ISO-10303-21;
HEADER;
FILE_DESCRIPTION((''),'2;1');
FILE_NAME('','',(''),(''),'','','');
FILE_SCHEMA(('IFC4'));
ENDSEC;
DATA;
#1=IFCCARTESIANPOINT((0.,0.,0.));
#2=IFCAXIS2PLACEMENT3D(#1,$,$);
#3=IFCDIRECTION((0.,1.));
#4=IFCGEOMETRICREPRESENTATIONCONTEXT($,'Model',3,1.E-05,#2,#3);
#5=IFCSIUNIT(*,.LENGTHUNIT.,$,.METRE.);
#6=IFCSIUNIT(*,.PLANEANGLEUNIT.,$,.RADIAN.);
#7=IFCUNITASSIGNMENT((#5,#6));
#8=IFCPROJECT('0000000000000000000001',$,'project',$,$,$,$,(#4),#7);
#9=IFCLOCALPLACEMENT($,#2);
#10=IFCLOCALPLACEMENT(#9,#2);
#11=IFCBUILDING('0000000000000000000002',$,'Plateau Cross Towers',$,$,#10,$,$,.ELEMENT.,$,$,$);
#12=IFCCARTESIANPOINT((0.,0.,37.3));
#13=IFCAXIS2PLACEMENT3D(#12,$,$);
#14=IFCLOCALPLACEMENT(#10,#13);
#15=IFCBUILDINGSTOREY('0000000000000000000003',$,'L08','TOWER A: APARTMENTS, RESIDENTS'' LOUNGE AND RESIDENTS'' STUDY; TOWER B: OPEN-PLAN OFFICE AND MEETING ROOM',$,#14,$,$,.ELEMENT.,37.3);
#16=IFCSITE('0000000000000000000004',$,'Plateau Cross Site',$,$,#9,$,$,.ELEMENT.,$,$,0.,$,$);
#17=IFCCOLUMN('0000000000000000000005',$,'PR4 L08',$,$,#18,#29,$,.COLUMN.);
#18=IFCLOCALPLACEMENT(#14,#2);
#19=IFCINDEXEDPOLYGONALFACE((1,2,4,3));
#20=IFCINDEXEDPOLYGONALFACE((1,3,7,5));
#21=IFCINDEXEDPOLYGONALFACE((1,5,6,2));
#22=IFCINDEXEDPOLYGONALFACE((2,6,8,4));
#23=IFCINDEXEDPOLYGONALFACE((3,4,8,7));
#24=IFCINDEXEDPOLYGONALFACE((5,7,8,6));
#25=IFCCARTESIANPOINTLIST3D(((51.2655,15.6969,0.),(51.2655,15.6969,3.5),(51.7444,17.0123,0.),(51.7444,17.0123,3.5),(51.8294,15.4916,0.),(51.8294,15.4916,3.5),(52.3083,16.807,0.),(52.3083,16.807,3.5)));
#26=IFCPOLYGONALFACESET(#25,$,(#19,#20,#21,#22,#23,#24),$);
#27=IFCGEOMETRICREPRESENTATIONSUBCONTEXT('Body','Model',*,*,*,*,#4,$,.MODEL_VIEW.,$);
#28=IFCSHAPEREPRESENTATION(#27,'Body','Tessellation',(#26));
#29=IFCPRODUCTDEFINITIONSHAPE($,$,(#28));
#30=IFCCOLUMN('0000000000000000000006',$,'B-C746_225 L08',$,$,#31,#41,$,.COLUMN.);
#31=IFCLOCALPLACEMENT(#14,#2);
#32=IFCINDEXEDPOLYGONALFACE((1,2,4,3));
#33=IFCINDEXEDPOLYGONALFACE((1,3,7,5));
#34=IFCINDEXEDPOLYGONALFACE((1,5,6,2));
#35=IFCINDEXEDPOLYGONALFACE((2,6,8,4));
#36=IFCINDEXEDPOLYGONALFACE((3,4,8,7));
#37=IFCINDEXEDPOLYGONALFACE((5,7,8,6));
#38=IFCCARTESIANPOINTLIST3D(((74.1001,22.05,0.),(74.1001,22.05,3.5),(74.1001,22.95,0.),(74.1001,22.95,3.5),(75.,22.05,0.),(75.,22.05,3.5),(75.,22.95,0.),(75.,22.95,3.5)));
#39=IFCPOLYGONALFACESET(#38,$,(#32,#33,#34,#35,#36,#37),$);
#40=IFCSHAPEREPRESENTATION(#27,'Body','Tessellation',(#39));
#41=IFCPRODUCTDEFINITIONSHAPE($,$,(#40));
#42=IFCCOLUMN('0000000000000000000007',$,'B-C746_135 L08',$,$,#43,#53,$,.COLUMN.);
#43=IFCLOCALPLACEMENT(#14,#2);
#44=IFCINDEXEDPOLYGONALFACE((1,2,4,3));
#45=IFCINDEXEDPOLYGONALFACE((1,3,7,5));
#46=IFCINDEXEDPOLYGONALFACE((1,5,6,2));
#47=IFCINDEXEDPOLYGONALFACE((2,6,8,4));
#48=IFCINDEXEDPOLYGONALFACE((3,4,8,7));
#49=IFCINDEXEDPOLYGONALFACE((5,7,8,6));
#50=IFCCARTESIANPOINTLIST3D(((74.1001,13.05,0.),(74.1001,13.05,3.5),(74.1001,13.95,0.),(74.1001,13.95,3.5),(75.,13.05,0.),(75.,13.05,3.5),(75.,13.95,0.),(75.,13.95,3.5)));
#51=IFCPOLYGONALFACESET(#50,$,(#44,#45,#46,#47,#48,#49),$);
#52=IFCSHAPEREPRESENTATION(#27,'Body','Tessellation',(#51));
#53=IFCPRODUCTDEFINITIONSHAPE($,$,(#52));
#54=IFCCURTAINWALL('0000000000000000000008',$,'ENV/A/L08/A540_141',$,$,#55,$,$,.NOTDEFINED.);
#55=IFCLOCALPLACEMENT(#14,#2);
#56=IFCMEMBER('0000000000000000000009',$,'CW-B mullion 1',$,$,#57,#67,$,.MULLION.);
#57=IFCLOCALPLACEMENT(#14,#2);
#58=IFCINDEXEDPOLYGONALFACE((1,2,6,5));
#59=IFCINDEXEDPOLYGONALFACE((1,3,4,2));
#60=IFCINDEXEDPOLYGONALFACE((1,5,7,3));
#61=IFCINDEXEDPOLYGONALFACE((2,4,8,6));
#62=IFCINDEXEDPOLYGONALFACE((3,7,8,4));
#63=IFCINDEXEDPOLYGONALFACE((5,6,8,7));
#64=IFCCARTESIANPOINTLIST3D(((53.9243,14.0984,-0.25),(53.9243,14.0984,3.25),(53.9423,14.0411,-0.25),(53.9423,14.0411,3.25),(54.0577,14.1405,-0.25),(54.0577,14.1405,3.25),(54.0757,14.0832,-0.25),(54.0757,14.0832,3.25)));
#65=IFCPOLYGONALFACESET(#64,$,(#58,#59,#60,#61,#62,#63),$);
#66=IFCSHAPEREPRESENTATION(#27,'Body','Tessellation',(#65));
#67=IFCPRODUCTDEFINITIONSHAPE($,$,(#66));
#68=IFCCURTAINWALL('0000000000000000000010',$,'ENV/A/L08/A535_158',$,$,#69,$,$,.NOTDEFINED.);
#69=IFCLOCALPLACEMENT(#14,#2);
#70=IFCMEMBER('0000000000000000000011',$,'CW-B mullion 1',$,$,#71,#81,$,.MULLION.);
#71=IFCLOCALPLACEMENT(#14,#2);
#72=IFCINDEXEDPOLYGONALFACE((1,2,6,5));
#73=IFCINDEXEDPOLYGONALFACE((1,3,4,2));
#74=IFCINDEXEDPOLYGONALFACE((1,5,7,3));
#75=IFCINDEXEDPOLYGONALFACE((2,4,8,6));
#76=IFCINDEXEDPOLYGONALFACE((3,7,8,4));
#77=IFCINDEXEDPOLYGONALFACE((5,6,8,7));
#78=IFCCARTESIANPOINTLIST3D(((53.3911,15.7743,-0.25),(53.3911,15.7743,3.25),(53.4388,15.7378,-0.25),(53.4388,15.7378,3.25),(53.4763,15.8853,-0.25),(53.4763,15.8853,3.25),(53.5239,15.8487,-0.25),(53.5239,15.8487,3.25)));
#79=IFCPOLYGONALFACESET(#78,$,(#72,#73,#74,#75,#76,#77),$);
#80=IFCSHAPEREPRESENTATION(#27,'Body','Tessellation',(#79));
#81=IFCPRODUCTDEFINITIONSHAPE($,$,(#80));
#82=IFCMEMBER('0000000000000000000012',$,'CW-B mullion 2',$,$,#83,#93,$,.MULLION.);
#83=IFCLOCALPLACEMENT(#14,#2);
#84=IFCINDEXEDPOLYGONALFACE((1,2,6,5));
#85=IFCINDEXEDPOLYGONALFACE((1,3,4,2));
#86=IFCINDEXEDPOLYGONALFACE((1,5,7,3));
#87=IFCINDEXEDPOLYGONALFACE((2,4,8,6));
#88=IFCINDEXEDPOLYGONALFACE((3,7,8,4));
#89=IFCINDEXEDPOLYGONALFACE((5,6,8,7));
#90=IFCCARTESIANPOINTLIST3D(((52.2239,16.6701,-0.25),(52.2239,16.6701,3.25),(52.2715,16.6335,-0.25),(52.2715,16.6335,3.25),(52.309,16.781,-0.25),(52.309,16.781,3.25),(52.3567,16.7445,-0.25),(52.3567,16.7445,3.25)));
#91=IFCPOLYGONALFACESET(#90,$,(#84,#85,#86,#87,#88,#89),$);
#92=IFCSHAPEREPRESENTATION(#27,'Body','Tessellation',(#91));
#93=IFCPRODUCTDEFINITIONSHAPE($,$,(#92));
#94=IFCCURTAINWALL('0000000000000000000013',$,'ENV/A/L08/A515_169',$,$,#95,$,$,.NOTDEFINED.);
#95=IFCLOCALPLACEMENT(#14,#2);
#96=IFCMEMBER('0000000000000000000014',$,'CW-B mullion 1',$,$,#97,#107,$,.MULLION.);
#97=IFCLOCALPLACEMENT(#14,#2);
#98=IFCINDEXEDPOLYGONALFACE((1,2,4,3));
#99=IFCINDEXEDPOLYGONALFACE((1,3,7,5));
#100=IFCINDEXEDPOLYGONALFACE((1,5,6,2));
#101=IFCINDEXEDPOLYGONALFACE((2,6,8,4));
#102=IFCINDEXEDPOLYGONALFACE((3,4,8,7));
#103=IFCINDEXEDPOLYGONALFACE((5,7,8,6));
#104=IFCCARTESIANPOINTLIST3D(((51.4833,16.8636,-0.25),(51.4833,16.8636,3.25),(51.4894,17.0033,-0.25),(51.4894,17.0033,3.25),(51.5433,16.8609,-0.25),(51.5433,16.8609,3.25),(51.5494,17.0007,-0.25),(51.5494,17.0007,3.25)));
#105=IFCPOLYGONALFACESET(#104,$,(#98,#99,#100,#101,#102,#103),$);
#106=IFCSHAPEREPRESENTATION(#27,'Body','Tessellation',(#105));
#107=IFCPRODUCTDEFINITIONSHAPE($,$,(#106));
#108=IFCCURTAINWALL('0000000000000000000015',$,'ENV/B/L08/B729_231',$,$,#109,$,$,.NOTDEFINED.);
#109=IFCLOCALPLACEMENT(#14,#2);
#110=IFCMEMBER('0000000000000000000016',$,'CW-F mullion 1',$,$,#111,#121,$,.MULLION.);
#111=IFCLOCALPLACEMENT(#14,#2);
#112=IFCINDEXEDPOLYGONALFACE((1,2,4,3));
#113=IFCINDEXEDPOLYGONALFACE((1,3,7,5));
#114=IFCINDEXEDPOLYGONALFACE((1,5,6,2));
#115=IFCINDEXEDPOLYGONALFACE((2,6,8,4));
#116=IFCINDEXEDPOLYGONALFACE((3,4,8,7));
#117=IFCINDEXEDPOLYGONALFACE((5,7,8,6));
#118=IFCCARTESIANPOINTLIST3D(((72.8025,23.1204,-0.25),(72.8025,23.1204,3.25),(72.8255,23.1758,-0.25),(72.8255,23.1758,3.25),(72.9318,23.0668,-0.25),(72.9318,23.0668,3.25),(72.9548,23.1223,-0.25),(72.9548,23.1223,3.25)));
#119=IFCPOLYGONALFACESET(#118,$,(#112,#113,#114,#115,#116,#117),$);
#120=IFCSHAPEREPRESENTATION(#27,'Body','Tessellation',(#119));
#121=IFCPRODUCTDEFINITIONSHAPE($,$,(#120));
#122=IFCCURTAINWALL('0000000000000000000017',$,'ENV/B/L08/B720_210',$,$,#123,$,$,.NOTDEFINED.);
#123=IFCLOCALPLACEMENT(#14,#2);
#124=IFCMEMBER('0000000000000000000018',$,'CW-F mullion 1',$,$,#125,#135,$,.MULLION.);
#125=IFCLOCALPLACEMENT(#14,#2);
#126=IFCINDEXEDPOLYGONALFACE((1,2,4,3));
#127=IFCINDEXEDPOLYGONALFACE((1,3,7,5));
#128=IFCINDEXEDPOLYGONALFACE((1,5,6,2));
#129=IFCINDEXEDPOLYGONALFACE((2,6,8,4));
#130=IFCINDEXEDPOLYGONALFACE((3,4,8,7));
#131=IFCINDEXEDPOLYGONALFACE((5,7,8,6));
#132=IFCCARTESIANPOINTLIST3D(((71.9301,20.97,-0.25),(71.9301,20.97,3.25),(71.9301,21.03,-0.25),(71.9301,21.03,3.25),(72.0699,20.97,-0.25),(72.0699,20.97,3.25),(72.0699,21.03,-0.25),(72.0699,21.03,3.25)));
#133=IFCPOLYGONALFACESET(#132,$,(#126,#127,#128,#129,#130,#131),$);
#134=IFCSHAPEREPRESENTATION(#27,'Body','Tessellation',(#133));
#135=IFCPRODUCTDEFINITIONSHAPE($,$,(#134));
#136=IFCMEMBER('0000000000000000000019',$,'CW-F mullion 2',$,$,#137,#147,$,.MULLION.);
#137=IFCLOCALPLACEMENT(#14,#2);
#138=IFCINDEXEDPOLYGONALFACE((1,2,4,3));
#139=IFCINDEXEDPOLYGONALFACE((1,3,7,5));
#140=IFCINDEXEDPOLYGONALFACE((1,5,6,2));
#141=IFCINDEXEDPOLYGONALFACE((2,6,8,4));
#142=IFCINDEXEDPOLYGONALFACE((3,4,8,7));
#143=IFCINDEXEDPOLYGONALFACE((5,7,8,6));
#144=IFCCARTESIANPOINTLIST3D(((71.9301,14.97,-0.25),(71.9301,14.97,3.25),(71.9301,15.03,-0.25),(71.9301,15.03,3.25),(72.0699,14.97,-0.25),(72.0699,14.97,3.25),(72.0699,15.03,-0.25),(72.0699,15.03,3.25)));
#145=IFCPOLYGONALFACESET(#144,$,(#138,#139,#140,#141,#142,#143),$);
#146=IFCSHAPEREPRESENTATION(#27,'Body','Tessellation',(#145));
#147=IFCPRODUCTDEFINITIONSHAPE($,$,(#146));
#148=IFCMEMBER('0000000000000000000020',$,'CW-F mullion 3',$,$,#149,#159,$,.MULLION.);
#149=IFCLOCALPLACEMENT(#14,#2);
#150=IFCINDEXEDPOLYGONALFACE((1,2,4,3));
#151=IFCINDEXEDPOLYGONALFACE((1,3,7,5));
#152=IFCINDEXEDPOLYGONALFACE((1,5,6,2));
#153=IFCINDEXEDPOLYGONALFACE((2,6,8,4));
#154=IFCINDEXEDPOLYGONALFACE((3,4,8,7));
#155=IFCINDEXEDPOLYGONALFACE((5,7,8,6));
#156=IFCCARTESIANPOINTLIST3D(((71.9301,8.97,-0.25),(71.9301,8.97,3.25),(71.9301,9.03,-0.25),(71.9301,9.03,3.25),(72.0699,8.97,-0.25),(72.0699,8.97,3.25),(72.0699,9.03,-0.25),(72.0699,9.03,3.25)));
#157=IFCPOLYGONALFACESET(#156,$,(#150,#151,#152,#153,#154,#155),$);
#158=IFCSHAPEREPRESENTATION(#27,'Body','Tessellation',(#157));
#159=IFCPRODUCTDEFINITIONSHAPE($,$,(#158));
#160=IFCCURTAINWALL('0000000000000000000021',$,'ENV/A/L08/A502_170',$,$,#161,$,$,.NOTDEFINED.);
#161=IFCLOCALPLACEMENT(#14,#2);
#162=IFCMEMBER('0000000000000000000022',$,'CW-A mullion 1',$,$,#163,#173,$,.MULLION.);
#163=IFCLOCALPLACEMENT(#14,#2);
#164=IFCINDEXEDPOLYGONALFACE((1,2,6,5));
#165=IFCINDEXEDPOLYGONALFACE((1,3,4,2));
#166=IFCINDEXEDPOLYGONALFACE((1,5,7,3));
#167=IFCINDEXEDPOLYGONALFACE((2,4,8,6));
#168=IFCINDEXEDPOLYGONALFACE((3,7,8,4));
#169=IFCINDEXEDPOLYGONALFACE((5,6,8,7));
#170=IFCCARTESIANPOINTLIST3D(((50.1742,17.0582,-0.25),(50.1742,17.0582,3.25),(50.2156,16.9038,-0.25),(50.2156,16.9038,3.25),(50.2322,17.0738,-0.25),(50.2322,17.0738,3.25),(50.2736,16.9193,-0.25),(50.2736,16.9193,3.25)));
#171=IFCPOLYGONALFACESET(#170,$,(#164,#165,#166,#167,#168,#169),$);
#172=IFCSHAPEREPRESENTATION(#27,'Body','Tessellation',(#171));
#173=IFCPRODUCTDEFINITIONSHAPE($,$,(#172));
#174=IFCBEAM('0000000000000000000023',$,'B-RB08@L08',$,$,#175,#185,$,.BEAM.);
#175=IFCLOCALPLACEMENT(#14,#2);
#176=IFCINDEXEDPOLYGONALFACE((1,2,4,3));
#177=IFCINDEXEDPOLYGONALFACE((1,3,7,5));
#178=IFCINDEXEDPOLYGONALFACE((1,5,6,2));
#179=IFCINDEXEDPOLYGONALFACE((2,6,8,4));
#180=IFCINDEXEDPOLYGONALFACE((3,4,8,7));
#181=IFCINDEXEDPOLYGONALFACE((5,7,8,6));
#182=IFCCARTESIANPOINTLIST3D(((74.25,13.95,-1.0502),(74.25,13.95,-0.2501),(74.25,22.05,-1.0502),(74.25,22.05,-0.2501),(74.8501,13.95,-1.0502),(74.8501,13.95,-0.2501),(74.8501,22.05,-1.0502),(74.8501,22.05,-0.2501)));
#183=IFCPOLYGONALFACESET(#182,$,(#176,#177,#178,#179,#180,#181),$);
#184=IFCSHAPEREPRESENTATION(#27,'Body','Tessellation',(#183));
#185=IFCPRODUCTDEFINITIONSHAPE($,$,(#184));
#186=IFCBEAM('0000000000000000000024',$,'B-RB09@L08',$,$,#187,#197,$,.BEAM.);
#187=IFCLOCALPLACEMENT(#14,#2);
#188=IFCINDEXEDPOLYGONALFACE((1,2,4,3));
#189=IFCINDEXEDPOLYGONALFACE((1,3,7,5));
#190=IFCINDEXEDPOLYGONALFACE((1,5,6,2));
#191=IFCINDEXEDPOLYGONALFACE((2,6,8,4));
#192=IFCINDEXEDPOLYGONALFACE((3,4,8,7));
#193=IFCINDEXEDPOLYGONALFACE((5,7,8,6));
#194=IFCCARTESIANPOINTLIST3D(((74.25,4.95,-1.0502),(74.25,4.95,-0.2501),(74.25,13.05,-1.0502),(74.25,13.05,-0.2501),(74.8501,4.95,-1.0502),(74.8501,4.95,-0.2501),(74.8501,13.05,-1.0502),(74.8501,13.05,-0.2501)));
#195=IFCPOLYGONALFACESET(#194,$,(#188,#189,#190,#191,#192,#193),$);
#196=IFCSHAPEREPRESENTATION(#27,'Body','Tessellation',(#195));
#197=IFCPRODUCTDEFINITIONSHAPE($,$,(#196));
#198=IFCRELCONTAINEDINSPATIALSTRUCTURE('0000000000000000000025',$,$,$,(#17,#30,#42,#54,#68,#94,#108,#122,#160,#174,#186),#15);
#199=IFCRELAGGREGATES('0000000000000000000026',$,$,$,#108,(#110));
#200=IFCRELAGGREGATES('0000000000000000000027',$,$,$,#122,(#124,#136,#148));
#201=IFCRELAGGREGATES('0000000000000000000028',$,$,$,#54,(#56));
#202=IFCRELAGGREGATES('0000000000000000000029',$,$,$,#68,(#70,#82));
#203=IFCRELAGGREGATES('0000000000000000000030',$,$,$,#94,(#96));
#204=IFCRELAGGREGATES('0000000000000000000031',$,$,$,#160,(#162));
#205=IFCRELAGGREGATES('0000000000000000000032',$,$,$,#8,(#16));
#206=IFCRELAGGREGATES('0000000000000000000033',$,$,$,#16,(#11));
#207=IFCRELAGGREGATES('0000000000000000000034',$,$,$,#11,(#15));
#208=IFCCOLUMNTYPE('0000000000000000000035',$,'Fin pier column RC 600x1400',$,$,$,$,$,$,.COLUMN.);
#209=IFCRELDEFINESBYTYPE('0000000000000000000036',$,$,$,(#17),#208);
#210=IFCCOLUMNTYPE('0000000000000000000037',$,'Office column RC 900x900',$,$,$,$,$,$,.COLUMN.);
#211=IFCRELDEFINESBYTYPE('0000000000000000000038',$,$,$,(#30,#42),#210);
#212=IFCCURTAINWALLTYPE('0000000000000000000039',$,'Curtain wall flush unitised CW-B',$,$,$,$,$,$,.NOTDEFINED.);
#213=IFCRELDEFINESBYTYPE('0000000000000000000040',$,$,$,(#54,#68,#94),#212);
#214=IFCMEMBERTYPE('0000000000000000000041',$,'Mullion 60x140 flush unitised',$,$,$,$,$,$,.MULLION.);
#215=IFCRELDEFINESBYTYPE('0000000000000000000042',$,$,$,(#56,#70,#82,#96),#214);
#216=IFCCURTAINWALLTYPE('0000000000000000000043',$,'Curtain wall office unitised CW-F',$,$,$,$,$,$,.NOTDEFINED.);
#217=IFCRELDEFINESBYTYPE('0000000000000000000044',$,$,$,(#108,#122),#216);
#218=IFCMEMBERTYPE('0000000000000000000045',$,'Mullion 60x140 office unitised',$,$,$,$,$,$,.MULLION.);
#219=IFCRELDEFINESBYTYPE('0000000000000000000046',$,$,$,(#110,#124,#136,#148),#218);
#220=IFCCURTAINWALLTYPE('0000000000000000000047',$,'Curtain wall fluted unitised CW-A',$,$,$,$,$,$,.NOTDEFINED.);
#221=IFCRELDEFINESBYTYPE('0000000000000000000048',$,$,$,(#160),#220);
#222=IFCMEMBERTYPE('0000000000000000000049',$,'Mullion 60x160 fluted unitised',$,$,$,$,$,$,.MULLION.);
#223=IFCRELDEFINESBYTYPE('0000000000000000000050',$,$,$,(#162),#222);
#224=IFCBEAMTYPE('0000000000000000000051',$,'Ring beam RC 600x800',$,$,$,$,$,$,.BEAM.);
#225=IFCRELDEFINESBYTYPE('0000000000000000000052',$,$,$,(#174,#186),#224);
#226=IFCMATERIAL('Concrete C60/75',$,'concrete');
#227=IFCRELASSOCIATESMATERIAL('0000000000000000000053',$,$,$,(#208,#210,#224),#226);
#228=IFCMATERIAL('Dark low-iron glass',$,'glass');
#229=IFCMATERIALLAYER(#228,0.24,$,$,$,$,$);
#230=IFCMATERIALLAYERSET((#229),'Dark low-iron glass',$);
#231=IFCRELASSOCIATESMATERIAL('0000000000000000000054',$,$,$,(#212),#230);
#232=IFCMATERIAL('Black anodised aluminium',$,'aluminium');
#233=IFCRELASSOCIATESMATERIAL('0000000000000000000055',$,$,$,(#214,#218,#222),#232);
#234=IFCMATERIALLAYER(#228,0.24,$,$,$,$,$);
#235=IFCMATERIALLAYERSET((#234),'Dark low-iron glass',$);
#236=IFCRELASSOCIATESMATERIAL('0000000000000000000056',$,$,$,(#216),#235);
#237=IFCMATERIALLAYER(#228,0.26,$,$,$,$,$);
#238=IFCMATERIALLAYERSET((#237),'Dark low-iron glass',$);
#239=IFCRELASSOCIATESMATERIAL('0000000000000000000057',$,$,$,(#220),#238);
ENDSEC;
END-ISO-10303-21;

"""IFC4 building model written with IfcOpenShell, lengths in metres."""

from ifc_helpers import new_model, si_unit, direction, frame, origin, origin_2d, place, context, subcontext, project, spatial, rectangle, extrude, material, layer, layer_set, material_profile, profile_set, type_object, element, aggregate, save


model = new_model("IFC4")

# Units and contexts
model_context = context("Model", 3, precision=1e-05, world=origin(), true_north=direction((0.0, 1.0)))
body_context = subcontext(model_context, "Body", "Model", "MODEL_VIEW")
ifc_project = project(units=[si_unit("LENGTHUNIT", "METRE"), si_unit("PLANEANGLEUNIT", "RADIAN")], contexts=[model_context])

# Site, building, storey
site_placement = place(None, origin())
site = spatial("IfcSite", under=ifc_project, at=site_placement, Name="Plateau Cross Site", CompositionType="ELEMENT", RefElevation=0.0)
building_placement = place(site_placement, origin())
building = spatial("IfcBuilding", under=site, at=building_placement, Name="Plateau Cross Towers", CompositionType="ELEMENT")
storey_placement = place(building_placement, frame((0.0, 0.0, 37.3)))
storey = spatial("IfcBuildingStorey", under=building, at=storey_placement, Name="L08", Description="TOWER A: APARTMENTS, RESIDENTS' LOUNGE AND RESIDENTS' STUDY; TOWER B: OPEN-PLAN OFFICE AND MEETING ROOM", CompositionType="ELEMENT", Elevation=37.3)

# Columns
ifc_material_1 = material(Name="Concrete C60/75", Category="concrete")
ifc_material_profile_1 = material_profile(ifc_material_1, rectangle(XDim=0.6001, YDim=1.3999, at=origin_2d()), Name="RC 600x1400")
ifc_profile_set_1 = profile_set([ifc_material_profile_1], Name="Concrete C60/75")
column_type_1 = type_object("IfcColumnType", Name="Fin pier column RC 600x1400", PredefinedType="COLUMN", material=ifc_profile_set_1)
column_placement = place(storey_placement, frame((51.7869, 16.252, 0.0), z_axis=(0.0, 0.0, 1.0), x_axis=(-0.939664, 0.342098, 0.0)))
element("IfcColumn", 1, at=column_placement, inside=storey, type_object=column_type_1, Name="PR4 L08", PredefinedType="COLUMN", context=body_context, shape_type="SweptSolid", body=[
    extrude(rectangle(XDim=0.6001, YDim=1.3999, at=origin_2d()), origin(), (0.0, 0.0, 1.0), 3.5),
])
ifc_material_profile_2 = material_profile(ifc_material_1, rectangle(XDim=0.8999, YDim=0.8999, at=origin_2d()), Name="RC 900x900")
ifc_profile_set_2 = profile_set([ifc_material_profile_2], Name="Concrete C60/75")
column_type_2 = type_object("IfcColumnType", Name="Office column RC 900x900", PredefinedType="COLUMN", material=ifc_profile_set_2)
for number, where, z_axis, x_axis, name in (
    (2, (74.55, 22.5, 0.0), (0.0, 0.0, 1.0), (1.0, 0.0, 0.0), "B-C746_225 L08"),
    (3, (74.55, 13.5, 0.0), (0.0, 0.0, 1.0), (1.0, 0.0, 0.0), "B-C746_135 L08"),
):
    element("IfcColumn", number, at=place(storey_placement, frame(where, z_axis=z_axis, x_axis=x_axis)), inside=storey, type_object=column_type_2, Name=name, PredefinedType="COLUMN", context=body_context, shape_type="SweptSolid", body=[
        extrude(rectangle(XDim=0.8999, YDim=0.8999, at=origin_2d()), origin(), (0.0, 0.0, 1.0), 3.5),
    ])

# Curtain wall, member
ifc_material_2 = material(Name="Dark low-iron glass", Category="glass")
ifc_layer_1 = layer(ifc_material_2, 0.24)
ifc_layer_set_1 = layer_set([ifc_layer_1], Name="Dark low-iron glass")
curtain_wall_type_1 = type_object("IfcCurtainWallType", Name="Curtain wall flush unitised CW-B", PredefinedType="NOTDEFINED", material=ifc_layer_set_1)
curtain_wall_1_placement = place(storey_placement, origin())
curtain_wall_1 = element("IfcCurtainWall", 4, at=curtain_wall_1_placement, inside=storey, type_object=curtain_wall_type_1, Name="ENV/A/L08/A540_141", PredefinedType="NOTDEFINED")
ifc_material_3 = material(Name="Black anodised aluminium", Category="aluminium")
ifc_material_profile_3 = material_profile(ifc_material_3, rectangle(XDim=0.0601, YDim=0.1399, at=origin_2d()), Name="MULLION 60x140")
ifc_profile_set_3 = profile_set([ifc_material_profile_3], Name="Black anodised aluminium")
member_type_1 = type_object("IfcMemberType", Name="Mullion 60x140 flush unitised", PredefinedType="MULLION", material=ifc_profile_set_3)
member_1_placement = place(storey_placement, frame((54.0, 14.0908, -0.25), z_axis=(0.0, 0.0, 1.0), x_axis=(-0.300686, 0.953723, 0.0)))
member_1 = element("IfcMember", 5, at=member_1_placement, type_object=member_type_1, Name="CW-B mullion 1", PredefinedType="MULLION", context=body_context, shape_type="SweptSolid", body=[
    extrude(rectangle(XDim=0.0601, YDim=0.1399, at=origin_2d()), origin(), (0.0, 0.0, 1.0), 3.5),
])

# Curtain wall, members
curtain_wall_2_placement = place(storey_placement, origin())
curtain_wall_2 = element("IfcCurtainWall", 6, at=curtain_wall_2_placement, inside=storey, type_object=curtain_wall_type_1, Name="ENV/A/L08/A535_158", PredefinedType="NOTDEFINED")
member_2_placement = place(storey_placement, frame((53.4575, 15.8115, -0.25), z_axis=(0.0, 0.0, 1.0), x_axis=(-0.793316, 0.608811, 0.0)))
member_2 = element("IfcMember", 7, at=member_2_placement, type_object=member_type_1, Name="CW-B mullion 1", PredefinedType="MULLION", context=body_context, shape_type="SweptSolid", body=[
    extrude(rectangle(XDim=0.0601, YDim=0.1399, at=origin_2d()), origin(), (0.0, 0.0, 1.0), 3.5),
])
member_3_placement = place(storey_placement, frame((52.2903, 16.7073, -0.25), z_axis=(0.0, 0.0, 1.0), x_axis=(-0.793316, 0.608811, 0.0)))
member_3 = element("IfcMember", 8, at=member_3_placement, type_object=member_type_1, Name="CW-B mullion 2", PredefinedType="MULLION", context=body_context, shape_type="SweptSolid", body=[
    extrude(rectangle(XDim=0.0601, YDim=0.1399, at=origin_2d()), origin(), (0.0, 0.0, 1.0), 3.5),
])

# Curtain walls, members
curtain_wall_3_placement = place(storey_placement, origin())
curtain_wall_3 = element("IfcCurtainWall", 9, at=curtain_wall_3_placement, inside=storey, type_object=curtain_wall_type_1, Name="ENV/A/L08/A515_169", PredefinedType="NOTDEFINED")
member_4_placement = place(storey_placement, frame((51.5164, 16.9321, -0.25), z_axis=(0.0, 0.0, 1.0), x_axis=(-0.999044, 0.043723, 0.0)))
member_4 = element("IfcMember", 10, at=member_4_placement, type_object=member_type_1, Name="CW-B mullion 1", PredefinedType="MULLION", context=body_context, shape_type="SweptSolid", body=[
    extrude(rectangle(XDim=0.0601, YDim=0.1399, at=origin_2d()), origin(), (0.0, 0.0, 1.0), 3.5),
])
ifc_layer_2 = layer(ifc_material_2, 0.24)
ifc_layer_set_2 = layer_set([ifc_layer_2], Name="Dark low-iron glass")
curtain_wall_type_2 = type_object("IfcCurtainWallType", Name="Curtain wall office unitised CW-F", PredefinedType="NOTDEFINED", material=ifc_layer_set_2)
curtain_wall_4_placement = place(storey_placement, origin())
curtain_wall_4 = element("IfcCurtainWall", 11, at=curtain_wall_4_placement, inside=storey, type_object=curtain_wall_type_2, Name="ENV/B/L08/B729_231", PredefinedType="NOTDEFINED")
ifc_material_profile_4 = material_profile(ifc_material_3, rectangle(XDim=0.0601, YDim=0.1399, at=origin_2d()), Name="MULLION 60x140")
ifc_profile_set_4 = profile_set([ifc_material_profile_4], Name="Black anodised aluminium")
member_type_2 = type_object("IfcMemberType", Name="Mullion 60x140 office unitised", PredefinedType="MULLION", material=ifc_profile_set_4)
member_5_placement = place(storey_placement, frame((72.8787, 23.1213, -0.25), z_axis=(0.0, 0.0, 1.0), x_axis=(-0.382684, -0.923879, 0.0)))
member_5 = element("IfcMember", 12, at=member_5_placement, type_object=member_type_2, Name="CW-F mullion 1", PredefinedType="MULLION", context=body_context, shape_type="SweptSolid", body=[
    extrude(rectangle(XDim=0.0601, YDim=0.1399, at=origin_2d()), origin(), (0.0, 0.0, 1.0), 3.5),
])

# Curtain wall, members
curtain_wall_5_placement = place(storey_placement, origin())
curtain_wall_5 = element("IfcCurtainWall", 13, at=curtain_wall_5_placement, inside=storey, type_object=curtain_wall_type_2, Name="ENV/B/L08/B720_210", PredefinedType="NOTDEFINED")
member_6_placement = place(storey_placement, frame((72.0, 21.0, -0.25), z_axis=(0.0, 0.0, 1.0), x_axis=(0.0, -1.0, 0.0)))
member_6 = element("IfcMember", 14, at=member_6_placement, type_object=member_type_2, Name="CW-F mullion 1", PredefinedType="MULLION", context=body_context, shape_type="SweptSolid", body=[
    extrude(rectangle(XDim=0.0601, YDim=0.1399, at=origin_2d()), origin(), (0.0, 0.0, 1.0), 3.5),
])
member_7_placement = place(storey_placement, frame((72.0, 15.0, -0.25), z_axis=(0.0, 0.0, 1.0), x_axis=(0.0, -1.0, 0.0)))
member_7 = element("IfcMember", 15, at=member_7_placement, type_object=member_type_2, Name="CW-F mullion 2", PredefinedType="MULLION", context=body_context, shape_type="SweptSolid", body=[
    extrude(rectangle(XDim=0.0601, YDim=0.1399, at=origin_2d()), origin(), (0.0, 0.0, 1.0), 3.5),
])
member_8_placement = place(storey_placement, frame((72.0, 9.0, -0.25), z_axis=(0.0, 0.0, 1.0), x_axis=(0.0, -1.0, 0.0)))
member_8 = element("IfcMember", 16, at=member_8_placement, type_object=member_type_2, Name="CW-F mullion 3", PredefinedType="MULLION", context=body_context, shape_type="SweptSolid", body=[
    extrude(rectangle(XDim=0.0601, YDim=0.1399, at=origin_2d()), origin(), (0.0, 0.0, 1.0), 3.5),
])

# Curtain wall, member
ifc_layer_3 = layer(ifc_material_2, 0.26)
ifc_layer_set_3 = layer_set([ifc_layer_3], Name="Dark low-iron glass")
curtain_wall_type_3 = type_object("IfcCurtainWallType", Name="Curtain wall fluted unitised CW-A", PredefinedType="NOTDEFINED", material=ifc_layer_set_3)
curtain_wall_6_placement = place(storey_placement, origin())
curtain_wall_6 = element("IfcCurtainWall", 17, at=curtain_wall_6_placement, inside=storey, type_object=curtain_wall_type_3, Name="ENV/A/L08/A502_170", PredefinedType="NOTDEFINED")
ifc_material_profile_5 = material_profile(ifc_material_3, rectangle(XDim=0.0601, YDim=0.1599, at=origin_2d()), Name="MULLION 60x160")
ifc_profile_set_5 = profile_set([ifc_material_profile_5], Name="Black anodised aluminium")
member_type_3 = type_object("IfcMemberType", Name="Mullion 60x160 fluted unitised", PredefinedType="MULLION", material=ifc_profile_set_5)
member_9_placement = place(storey_placement, frame((50.2239, 16.9888, -0.25), z_axis=(0.0, 0.0, 1.0), x_axis=(-0.965958, -0.258699, 0.0)))
member_9 = element("IfcMember", 18, at=member_9_placement, type_object=member_type_3, Name="CW-A mullion 1", PredefinedType="MULLION", context=body_context, shape_type="SweptSolid", body=[
    extrude(rectangle(XDim=0.0601, YDim=0.1599, at=origin_2d()), origin(), (0.0, 0.0, 1.0), 3.5),
])

# Beams
ifc_material_profile_6 = material_profile(ifc_material_1, rectangle(XDim=0.6001, YDim=0.8, at=origin_2d()), Name="RC 600x800")
ifc_profile_set_6 = profile_set([ifc_material_profile_6], Name="Concrete C60/75")
beam_type = type_object("IfcBeamType", Name="Ring beam RC 600x800", PredefinedType="BEAM", material=ifc_profile_set_6)
for number, where, z_axis, x_axis, name in (
    (19, (74.55, 22.05, -0.6501), (0.0, -1.0, 0.0), (1.0, 0.0, 0.0), "B-RB08@L08"),
    (20, (74.55, 13.05, -0.6501), (0.0, -1.0, 0.0), (1.0, 0.0, 0.0), "B-RB09@L08"),
):
    element("IfcBeam", number, at=place(storey_placement, frame(where, z_axis=z_axis, x_axis=x_axis)), inside=storey, type_object=beam_type, Name=name, PredefinedType="BEAM", context=body_context, shape_type="SweptSolid", body=[
        extrude(rectangle(XDim=0.6001, YDim=0.8, at=origin_2d()), origin(), (0.0, 0.0, 1.0), 8.1001),
    ])

aggregate(curtain_wall_4, [member_5])
aggregate(curtain_wall_5, [member_6, member_7, member_8])

aggregate(curtain_wall_1, [member_1])
aggregate(curtain_wall_2, [member_2, member_3])
aggregate(curtain_wall_3, [member_4])
aggregate(curtain_wall_6, [member_9])

save(model, "model.ifc")
